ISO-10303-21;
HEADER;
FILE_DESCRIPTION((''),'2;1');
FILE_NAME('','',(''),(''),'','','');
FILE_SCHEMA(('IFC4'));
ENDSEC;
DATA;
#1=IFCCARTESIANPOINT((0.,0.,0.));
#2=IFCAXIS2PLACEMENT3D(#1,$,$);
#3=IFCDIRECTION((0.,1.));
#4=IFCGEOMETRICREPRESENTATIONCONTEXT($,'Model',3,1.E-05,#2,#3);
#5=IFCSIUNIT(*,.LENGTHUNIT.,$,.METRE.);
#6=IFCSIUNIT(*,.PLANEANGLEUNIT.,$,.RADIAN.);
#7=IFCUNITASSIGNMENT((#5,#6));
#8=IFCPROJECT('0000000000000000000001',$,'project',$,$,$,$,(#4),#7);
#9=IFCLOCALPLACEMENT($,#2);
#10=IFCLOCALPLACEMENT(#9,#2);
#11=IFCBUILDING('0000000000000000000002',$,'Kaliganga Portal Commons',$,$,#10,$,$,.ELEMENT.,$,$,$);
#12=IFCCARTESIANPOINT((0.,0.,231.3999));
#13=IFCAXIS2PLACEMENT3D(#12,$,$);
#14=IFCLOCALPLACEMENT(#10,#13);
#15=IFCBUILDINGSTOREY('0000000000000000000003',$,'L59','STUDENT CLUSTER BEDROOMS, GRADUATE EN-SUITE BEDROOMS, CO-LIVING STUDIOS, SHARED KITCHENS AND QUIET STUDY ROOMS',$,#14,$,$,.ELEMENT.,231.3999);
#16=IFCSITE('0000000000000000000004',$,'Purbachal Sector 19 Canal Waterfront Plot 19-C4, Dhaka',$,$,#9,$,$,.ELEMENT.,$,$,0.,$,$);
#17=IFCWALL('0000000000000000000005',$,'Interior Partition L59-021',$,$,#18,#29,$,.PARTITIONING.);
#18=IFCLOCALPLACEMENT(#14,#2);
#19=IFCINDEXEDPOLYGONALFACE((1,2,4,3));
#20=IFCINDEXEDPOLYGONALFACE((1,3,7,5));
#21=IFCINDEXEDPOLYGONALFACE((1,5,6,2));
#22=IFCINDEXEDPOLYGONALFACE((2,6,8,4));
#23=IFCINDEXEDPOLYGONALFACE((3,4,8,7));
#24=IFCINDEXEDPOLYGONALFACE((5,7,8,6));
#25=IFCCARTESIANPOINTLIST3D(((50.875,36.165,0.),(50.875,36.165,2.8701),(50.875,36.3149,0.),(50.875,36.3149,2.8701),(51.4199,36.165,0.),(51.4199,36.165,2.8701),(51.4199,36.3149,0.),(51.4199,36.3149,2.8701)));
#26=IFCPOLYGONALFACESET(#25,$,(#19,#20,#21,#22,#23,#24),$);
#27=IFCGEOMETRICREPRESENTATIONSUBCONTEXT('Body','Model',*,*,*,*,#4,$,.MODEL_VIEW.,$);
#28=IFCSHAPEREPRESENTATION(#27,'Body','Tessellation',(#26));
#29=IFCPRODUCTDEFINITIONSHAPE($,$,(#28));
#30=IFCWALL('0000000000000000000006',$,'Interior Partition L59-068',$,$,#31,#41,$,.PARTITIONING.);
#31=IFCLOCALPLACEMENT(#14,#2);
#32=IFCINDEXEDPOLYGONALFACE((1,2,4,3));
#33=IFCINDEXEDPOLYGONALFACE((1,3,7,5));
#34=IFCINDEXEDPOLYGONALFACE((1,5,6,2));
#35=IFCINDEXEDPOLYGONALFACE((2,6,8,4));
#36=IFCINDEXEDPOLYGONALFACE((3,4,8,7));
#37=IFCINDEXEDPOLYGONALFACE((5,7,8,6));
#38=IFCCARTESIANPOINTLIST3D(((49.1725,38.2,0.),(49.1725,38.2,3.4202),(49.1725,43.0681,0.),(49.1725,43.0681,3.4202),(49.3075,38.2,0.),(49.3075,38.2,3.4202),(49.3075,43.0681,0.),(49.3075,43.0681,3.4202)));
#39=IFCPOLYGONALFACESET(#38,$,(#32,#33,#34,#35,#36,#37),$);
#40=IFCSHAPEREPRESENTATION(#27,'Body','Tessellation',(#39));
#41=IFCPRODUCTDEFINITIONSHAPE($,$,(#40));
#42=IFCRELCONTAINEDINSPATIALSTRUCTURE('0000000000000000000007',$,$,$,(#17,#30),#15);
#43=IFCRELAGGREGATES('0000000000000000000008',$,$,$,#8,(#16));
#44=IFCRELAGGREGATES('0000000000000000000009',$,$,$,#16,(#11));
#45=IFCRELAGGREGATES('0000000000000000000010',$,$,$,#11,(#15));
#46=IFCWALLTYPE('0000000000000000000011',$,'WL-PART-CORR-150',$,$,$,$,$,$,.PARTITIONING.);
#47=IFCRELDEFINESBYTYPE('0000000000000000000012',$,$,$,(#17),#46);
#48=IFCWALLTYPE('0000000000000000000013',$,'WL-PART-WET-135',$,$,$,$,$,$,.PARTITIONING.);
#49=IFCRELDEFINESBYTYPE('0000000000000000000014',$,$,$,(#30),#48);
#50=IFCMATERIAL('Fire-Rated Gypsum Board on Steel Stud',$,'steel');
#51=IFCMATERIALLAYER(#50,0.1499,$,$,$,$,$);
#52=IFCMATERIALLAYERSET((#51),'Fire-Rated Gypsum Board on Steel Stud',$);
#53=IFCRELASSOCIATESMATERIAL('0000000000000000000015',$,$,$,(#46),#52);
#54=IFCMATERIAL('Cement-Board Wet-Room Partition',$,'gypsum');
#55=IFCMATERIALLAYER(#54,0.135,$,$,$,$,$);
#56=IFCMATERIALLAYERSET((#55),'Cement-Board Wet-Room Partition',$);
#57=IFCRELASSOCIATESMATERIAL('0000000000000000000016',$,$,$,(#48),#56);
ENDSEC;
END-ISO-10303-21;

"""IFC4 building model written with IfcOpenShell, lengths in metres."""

from ifc_helpers import new_model, si_unit, direction, frame, frame_2d, origin, place, context, subcontext, project, spatial, rectangle, extrude, material, layer, layer_set, type_object, element, save


model = new_model("IFC4")

# Units and contexts
model_context = context("Model", 3, precision=1e-05, world=origin(), true_north=direction((0.0, 1.0)))
body_context = subcontext(model_context, "Body", "Model", "MODEL_VIEW")
ifc_project = project(units=[si_unit("LENGTHUNIT", "METRE"), si_unit("PLANEANGLEUNIT", "RADIAN")], contexts=[model_context])

# Site, building, storey
site_placement = place(None, origin())
site = spatial("IfcSite", under=ifc_project, at=site_placement, Name="Purbachal Sector 19 Canal Waterfront Plot 19-C4, Dhaka", CompositionType="ELEMENT", RefElevation=0.0)
building_placement = place(site_placement, origin())
building = spatial("IfcBuilding", under=site, at=building_placement, Name="Kaliganga Portal Commons", CompositionType="ELEMENT")
storey_placement = place(building_placement, frame((0.0, 0.0, 231.3999)))
storey = spatial("IfcBuildingStorey", under=building, at=storey_placement, Name="L59", Description="STUDENT CLUSTER BEDROOMS, GRADUATE EN-SUITE BEDROOMS, CO-LIVING STUDIOS, SHARED KITCHENS AND QUIET STUDY ROOMS", CompositionType="ELEMENT", Elevation=231.3999)

# Shared definitions
ifc_material_1 = material(Name="Fire-Rated Gypsum Board on Steel Stud", Category="steel")
ifc_layer_1 = layer(ifc_material_1, 0.1499)
ifc_layer_set_1 = layer_set([ifc_layer_1], Name="Fire-Rated Gypsum Board on Steel Stud")
wall_type_1 = type_object("IfcWallType", Name="WL-PART-CORR-150", PredefinedType="PARTITIONING", material=ifc_layer_set_1)

# Wall
wall_1_placement = place(storey_placement, frame((50.875, 36.24, 0.0), z_axis=(0.0, 0.0, 1.0), x_axis=(1.0, 0.0, 0.0)))
element("IfcWall", 1, at=wall_1_placement, inside=storey, type_object=wall_type_1, Name="Interior Partition L59-021", PredefinedType="PARTITIONING", context=body_context, shape_type="SweptSolid", body=[
    extrude(rectangle(XDim=0.5449, YDim=0.1499, at=frame_2d((0.2725, 0.0))), origin(), (0.0, 0.0, 1.0), 2.8701),
])

# Wall
ifc_material_2 = material(Name="Cement-Board Wet-Room Partition", Category="gypsum")
ifc_layer_2 = layer(ifc_material_2, 0.135)
ifc_layer_set_2 = layer_set([ifc_layer_2], Name="Cement-Board Wet-Room Partition")
wall_type_2 = type_object("IfcWallType", Name="WL-PART-WET-135", PredefinedType="PARTITIONING", material=ifc_layer_set_2)
wall_2_placement = place(storey_placement, frame((49.24, 38.2, 0.0), z_axis=(0.0, 0.0, 1.0), x_axis=(0.0, 1.0, 0.0)))
element("IfcWall", 2, at=wall_2_placement, inside=storey, type_object=wall_type_2, Name="Interior Partition L59-068", PredefinedType="PARTITIONING", context=body_context, shape_type="SweptSolid", body=[
    extrude(rectangle(XDim=4.8682, YDim=0.135, at=frame_2d((2.4341, 0.0))), origin(), (0.0, 0.0, 1.0), 3.4202),
])

save(model, "model.ifc")
